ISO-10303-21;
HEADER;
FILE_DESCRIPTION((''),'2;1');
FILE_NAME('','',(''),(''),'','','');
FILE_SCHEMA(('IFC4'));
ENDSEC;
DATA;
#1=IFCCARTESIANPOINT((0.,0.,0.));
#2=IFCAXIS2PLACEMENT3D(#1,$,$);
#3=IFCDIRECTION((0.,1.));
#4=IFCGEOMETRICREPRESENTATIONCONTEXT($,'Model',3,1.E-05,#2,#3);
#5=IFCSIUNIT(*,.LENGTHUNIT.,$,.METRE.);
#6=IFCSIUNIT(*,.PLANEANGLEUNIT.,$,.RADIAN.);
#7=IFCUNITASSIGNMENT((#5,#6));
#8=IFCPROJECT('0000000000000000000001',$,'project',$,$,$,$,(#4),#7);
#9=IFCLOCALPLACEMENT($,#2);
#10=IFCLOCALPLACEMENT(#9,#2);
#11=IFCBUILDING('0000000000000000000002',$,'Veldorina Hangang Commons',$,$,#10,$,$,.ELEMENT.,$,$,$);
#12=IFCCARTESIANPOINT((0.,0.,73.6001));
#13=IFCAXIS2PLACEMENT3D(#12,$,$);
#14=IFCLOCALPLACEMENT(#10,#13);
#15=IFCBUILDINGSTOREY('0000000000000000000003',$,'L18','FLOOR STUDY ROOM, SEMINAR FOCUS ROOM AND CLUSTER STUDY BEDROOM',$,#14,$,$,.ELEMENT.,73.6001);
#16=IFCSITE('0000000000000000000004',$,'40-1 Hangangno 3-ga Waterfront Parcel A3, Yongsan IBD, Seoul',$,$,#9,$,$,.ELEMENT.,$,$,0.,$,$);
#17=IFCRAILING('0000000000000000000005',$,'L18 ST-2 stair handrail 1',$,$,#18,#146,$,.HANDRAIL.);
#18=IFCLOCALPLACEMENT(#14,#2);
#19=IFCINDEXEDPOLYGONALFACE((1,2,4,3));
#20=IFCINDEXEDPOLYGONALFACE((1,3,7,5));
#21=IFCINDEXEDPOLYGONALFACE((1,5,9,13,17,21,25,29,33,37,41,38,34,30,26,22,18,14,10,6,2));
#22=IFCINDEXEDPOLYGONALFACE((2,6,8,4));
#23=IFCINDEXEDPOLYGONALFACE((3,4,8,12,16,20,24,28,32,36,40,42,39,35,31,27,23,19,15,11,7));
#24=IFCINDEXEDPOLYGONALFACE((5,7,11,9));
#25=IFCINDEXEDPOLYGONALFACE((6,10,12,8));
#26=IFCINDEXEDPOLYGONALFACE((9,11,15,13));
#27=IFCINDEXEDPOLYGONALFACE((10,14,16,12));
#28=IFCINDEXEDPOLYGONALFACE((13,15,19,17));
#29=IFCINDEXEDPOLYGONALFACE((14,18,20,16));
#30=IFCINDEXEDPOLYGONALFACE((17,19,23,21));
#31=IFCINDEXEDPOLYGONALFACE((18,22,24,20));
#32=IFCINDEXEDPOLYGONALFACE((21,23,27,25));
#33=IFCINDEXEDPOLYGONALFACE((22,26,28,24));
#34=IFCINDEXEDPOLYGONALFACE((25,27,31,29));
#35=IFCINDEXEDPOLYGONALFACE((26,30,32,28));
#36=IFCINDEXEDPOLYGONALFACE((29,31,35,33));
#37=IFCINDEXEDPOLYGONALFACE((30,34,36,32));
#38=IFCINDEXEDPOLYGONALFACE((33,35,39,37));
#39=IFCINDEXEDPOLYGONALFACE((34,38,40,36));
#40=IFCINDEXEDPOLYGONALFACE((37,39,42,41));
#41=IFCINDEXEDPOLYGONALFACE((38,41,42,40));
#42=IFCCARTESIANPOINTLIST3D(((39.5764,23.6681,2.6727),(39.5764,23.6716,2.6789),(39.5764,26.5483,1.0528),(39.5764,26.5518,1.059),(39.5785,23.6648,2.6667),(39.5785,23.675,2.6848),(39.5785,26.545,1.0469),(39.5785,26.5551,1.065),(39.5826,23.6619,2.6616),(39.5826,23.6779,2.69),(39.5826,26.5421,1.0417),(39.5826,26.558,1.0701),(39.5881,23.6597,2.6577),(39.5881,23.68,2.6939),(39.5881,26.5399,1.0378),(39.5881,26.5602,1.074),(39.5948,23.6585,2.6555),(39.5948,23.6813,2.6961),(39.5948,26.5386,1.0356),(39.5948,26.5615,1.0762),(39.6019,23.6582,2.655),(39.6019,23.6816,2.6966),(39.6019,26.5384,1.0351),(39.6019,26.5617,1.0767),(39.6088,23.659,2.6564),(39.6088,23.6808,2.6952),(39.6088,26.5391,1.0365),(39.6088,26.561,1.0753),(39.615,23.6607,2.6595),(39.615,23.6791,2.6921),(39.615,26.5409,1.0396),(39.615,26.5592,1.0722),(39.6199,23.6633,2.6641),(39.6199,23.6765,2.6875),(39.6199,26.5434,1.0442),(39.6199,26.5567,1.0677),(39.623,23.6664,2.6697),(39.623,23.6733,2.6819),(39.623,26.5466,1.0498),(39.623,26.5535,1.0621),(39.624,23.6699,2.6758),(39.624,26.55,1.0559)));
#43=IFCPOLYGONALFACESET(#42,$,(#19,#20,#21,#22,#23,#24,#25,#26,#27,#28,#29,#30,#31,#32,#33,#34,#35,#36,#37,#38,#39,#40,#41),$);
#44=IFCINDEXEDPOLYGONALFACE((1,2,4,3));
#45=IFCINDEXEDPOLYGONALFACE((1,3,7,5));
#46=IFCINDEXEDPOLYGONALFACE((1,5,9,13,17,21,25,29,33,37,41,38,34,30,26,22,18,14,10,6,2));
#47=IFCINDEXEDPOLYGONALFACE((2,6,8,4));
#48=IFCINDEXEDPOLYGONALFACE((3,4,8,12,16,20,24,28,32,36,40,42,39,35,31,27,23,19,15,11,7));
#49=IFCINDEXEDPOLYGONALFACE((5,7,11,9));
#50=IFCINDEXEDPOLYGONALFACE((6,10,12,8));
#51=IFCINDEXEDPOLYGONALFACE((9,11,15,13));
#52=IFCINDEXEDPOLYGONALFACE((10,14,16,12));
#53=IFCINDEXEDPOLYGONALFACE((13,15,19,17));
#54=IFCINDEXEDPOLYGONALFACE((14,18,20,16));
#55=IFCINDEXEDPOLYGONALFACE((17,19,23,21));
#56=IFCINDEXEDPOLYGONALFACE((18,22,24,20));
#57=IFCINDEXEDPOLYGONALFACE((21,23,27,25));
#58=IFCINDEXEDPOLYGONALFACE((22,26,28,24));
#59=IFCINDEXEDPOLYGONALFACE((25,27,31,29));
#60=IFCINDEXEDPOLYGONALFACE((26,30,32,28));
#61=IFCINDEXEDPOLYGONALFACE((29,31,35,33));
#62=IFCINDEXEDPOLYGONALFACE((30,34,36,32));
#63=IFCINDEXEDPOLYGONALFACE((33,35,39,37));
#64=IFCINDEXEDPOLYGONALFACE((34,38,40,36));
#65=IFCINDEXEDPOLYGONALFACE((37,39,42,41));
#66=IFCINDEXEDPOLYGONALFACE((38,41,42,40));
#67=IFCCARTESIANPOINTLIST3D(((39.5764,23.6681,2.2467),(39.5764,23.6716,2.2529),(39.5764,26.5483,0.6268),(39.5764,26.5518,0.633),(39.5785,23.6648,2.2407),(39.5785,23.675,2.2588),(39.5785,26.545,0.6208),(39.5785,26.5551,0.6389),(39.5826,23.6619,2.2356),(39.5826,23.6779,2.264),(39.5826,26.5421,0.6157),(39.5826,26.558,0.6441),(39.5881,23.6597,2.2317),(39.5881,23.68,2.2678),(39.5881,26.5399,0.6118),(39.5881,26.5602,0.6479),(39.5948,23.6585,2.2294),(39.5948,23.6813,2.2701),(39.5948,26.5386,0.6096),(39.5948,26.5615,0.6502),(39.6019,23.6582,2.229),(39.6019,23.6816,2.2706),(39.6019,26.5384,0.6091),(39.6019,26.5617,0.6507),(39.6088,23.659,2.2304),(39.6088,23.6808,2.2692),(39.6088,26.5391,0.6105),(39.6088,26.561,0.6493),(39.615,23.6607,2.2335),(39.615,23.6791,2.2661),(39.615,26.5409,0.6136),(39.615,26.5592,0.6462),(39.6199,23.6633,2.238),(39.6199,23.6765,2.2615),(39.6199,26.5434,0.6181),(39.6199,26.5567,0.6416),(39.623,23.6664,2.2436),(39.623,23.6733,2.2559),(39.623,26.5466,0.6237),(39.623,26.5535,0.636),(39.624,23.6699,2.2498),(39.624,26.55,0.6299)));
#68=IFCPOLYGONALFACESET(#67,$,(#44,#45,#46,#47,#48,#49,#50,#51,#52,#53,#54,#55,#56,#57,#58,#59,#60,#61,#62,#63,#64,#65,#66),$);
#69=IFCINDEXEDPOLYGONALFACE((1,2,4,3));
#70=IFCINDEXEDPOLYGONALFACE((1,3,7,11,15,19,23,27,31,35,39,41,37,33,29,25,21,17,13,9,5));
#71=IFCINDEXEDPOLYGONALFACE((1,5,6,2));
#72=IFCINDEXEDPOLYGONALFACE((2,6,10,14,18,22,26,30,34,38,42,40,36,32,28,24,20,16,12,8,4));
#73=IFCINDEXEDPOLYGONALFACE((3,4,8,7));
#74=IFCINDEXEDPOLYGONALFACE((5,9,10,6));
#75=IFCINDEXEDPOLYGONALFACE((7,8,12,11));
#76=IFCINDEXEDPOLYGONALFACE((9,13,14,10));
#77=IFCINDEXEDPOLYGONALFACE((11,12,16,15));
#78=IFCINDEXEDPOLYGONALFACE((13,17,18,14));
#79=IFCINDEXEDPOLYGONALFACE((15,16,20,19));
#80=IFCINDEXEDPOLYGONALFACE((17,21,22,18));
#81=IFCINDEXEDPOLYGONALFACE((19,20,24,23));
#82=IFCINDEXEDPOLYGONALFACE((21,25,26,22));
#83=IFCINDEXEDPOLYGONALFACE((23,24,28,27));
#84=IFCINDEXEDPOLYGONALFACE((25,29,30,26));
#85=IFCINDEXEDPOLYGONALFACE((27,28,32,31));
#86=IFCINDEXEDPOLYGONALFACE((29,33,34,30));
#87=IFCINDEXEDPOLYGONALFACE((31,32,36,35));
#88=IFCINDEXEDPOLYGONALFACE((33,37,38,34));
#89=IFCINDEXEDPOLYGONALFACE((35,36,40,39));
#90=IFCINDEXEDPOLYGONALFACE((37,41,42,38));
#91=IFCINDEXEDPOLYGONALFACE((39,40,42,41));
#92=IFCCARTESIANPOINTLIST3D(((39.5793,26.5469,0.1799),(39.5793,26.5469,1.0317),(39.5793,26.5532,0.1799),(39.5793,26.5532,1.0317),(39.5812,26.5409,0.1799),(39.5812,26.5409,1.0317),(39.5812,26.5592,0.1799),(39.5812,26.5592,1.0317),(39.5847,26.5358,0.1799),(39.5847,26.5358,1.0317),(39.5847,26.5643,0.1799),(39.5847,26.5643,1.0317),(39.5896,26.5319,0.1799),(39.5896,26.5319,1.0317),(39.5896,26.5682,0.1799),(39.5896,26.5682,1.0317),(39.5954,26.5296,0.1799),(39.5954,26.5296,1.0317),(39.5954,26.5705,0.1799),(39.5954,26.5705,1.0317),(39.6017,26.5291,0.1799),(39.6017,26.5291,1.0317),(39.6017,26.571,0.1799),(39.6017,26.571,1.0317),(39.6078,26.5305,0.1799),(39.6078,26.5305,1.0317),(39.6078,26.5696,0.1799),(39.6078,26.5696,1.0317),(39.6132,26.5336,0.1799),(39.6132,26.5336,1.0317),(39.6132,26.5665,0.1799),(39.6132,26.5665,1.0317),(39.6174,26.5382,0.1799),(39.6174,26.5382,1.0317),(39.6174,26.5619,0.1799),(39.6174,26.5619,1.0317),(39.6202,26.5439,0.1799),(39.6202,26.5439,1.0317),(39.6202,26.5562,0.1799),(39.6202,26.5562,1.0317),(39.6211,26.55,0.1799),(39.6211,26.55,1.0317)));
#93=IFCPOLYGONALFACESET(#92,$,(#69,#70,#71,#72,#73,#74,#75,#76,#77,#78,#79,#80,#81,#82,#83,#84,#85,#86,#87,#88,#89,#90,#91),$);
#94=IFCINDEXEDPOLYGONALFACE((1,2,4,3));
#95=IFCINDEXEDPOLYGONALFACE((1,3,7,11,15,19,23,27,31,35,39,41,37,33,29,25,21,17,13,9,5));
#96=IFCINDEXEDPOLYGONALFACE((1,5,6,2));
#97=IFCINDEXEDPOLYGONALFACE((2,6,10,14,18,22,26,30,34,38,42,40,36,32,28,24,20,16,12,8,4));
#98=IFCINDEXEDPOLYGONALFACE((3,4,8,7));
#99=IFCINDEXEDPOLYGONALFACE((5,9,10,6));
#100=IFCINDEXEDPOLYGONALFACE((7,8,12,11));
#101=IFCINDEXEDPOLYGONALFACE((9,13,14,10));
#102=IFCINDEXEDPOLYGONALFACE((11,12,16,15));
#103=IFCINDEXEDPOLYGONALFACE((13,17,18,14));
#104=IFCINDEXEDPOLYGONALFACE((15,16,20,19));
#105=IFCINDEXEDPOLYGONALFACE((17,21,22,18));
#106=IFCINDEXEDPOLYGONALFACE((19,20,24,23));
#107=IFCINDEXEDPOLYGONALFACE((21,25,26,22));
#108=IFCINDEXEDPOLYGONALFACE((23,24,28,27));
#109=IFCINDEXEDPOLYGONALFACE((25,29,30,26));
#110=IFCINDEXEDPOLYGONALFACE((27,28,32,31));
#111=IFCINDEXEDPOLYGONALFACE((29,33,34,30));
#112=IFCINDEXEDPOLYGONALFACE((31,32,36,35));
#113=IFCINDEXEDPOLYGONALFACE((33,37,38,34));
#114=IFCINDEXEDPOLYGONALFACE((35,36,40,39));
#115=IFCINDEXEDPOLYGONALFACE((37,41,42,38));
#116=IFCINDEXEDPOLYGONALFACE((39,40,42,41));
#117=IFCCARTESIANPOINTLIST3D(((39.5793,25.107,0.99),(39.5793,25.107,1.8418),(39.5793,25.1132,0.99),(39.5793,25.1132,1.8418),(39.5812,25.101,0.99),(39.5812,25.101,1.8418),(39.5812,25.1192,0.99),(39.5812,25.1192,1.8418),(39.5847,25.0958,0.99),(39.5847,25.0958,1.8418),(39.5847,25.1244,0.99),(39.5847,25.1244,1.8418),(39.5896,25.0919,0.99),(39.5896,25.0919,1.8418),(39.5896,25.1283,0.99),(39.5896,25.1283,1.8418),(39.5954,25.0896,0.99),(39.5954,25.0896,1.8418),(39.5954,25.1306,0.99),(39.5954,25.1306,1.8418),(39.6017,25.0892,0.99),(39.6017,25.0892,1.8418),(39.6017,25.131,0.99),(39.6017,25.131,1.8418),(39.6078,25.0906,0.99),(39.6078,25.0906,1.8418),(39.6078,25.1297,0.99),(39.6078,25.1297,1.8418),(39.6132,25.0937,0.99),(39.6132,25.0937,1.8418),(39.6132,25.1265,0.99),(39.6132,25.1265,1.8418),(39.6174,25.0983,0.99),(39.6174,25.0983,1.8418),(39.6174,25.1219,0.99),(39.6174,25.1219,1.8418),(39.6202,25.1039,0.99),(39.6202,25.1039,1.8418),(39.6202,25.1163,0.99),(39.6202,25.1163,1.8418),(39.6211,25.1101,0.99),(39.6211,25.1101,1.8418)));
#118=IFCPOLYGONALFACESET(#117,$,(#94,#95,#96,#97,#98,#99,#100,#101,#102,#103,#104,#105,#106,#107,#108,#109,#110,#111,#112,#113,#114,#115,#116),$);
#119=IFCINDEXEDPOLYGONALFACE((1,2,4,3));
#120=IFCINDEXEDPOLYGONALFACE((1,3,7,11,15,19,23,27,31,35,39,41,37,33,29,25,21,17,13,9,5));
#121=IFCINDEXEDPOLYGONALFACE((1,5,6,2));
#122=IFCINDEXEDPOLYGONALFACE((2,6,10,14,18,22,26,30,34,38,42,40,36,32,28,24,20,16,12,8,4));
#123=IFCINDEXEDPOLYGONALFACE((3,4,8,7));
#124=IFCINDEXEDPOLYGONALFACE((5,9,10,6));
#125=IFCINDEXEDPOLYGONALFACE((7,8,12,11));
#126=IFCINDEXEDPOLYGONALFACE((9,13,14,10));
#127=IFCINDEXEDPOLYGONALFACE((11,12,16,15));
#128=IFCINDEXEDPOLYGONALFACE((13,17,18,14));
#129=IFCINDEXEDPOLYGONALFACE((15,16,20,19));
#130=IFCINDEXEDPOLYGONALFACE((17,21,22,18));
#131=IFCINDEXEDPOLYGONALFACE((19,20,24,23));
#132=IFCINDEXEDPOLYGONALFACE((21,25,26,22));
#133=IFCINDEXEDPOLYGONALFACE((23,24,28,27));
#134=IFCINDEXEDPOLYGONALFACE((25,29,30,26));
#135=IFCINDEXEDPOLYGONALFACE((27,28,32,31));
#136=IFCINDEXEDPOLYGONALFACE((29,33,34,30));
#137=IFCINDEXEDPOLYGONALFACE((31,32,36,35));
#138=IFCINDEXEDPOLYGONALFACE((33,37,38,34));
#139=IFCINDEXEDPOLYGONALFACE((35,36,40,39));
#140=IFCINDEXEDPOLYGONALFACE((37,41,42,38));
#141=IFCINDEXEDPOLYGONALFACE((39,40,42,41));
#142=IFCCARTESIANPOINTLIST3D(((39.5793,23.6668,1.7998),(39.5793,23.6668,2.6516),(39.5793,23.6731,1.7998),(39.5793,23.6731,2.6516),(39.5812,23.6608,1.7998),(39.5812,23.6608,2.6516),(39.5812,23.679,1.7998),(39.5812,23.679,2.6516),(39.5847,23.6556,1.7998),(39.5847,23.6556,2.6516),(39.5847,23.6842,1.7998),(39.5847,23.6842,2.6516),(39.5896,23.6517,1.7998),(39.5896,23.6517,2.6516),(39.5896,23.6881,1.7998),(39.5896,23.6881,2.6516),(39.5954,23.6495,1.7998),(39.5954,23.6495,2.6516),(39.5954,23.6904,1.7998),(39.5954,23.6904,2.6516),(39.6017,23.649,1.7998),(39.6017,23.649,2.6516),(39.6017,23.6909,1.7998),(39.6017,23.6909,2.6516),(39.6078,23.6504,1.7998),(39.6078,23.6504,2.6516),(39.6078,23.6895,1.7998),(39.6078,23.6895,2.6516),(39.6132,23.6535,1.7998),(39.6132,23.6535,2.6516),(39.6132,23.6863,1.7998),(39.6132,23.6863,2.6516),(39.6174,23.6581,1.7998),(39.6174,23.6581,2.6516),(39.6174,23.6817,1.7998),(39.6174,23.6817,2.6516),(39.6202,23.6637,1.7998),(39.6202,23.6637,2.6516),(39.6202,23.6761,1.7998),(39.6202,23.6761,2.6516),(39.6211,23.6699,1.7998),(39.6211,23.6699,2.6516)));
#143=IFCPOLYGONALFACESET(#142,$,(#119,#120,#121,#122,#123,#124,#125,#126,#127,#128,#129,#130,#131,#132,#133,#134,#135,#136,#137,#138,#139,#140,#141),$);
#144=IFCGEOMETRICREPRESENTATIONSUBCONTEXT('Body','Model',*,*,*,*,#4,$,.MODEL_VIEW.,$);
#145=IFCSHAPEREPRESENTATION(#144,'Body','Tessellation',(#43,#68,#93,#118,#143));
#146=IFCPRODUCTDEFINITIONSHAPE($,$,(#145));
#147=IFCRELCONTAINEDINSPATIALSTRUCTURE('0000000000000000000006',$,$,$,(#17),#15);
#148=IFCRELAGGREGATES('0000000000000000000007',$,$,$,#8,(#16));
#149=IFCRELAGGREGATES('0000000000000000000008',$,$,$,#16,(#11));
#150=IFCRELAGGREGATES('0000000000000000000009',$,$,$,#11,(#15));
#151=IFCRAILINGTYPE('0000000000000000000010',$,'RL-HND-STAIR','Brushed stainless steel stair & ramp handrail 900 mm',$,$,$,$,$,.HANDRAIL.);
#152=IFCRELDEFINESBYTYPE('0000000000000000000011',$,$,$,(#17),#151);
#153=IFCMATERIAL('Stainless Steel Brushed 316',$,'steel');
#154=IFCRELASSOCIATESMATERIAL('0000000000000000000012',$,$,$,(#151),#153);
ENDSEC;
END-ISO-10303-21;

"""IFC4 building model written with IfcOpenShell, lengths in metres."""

from ifc_helpers import new_model, si_unit, direction, frame, origin, origin_2d, place, context, subcontext, project, spatial, circle, extrude, material, type_object, element, save


model = new_model("IFC4")

# Units and contexts
model_context = context("Model", 3, precision=1e-05, world=origin(), true_north=direction((0.0, 1.0)))
body_context = subcontext(model_context, "Body", "Model", "MODEL_VIEW")
ifc_project = project(units=[si_unit("LENGTHUNIT", "METRE"), si_unit("PLANEANGLEUNIT", "RADIAN")], contexts=[model_context])

# Site, building, storey
site_placement = place(None, origin())
site = spatial("IfcSite", under=ifc_project, at=site_placement, Name="40-1 Hangangno 3-ga Waterfront Parcel A3, Yongsan IBD, Seoul", CompositionType="ELEMENT", RefElevation=0.0)
building_placement = place(site_placement, origin())
building = spatial("IfcBuilding", under=site, at=building_placement, Name="Veldorina Hangang Commons", CompositionType="ELEMENT")
storey_placement = place(building_placement, frame((0.0, 0.0, 73.6001)))
storey = spatial("IfcBuildingStorey", under=building, at=storey_placement, Name="L18", Description="FLOOR STUDY ROOM, SEMINAR FOCUS ROOM AND CLUSTER STUDY BEDROOM", CompositionType="ELEMENT", Elevation=73.6001)

# Railing
ifc_material_1 = material(Name="Stainless Steel Brushed 316", Category="steel")
railing_type_1 = type_object("IfcRailingType", Name="RL-HND-STAIR", Description="Brushed stainless steel stair & ramp handrail 900 mm", PredefinedType="HANDRAIL", material=ifc_material_1)
railing_1_placement = place(storey_placement, frame((39.6001, 26.55, 0.1799)))
element("IfcRailing", 1, at=railing_1_placement, inside=storey, type_object=railing_type_1, Name="L18 ST-2 stair handrail 1", PredefinedType="HANDRAIL", context=body_context, shape_type="SweptSolid", body=[
    extrude(circle(Radius=0.0239, at=origin_2d()), frame((0.0, 0.0, 0.876), z_axis=(0.0, -0.871601, 0.490216), x_axis=(1.0, 0.0, 0.0)), (0.0, 0.0, 1.0), 3.3044),
    extrude(circle(Radius=0.0239, at=origin_2d()), frame((0.0, 0.0, 0.45), z_axis=(0.0, -0.871601, 0.490216), x_axis=(1.0, 0.0, 0.0)), (0.0, 0.0, 1.0), 3.3044),
    extrude(circle(Radius=0.021, at=origin_2d()), origin(), (0.0, 0.0, 1.0), 0.8518),
    extrude(circle(Radius=0.021, at=origin_2d()), frame((0.0, -1.4399, 0.8101)), (0.0, 0.0, 1.0), 0.8518),
    extrude(circle(Radius=0.021, at=origin_2d()), frame((0.0, -2.8801, 1.6199)), (0.0, 0.0, 1.0), 0.8518),
])

save(model, "model.ifc")
